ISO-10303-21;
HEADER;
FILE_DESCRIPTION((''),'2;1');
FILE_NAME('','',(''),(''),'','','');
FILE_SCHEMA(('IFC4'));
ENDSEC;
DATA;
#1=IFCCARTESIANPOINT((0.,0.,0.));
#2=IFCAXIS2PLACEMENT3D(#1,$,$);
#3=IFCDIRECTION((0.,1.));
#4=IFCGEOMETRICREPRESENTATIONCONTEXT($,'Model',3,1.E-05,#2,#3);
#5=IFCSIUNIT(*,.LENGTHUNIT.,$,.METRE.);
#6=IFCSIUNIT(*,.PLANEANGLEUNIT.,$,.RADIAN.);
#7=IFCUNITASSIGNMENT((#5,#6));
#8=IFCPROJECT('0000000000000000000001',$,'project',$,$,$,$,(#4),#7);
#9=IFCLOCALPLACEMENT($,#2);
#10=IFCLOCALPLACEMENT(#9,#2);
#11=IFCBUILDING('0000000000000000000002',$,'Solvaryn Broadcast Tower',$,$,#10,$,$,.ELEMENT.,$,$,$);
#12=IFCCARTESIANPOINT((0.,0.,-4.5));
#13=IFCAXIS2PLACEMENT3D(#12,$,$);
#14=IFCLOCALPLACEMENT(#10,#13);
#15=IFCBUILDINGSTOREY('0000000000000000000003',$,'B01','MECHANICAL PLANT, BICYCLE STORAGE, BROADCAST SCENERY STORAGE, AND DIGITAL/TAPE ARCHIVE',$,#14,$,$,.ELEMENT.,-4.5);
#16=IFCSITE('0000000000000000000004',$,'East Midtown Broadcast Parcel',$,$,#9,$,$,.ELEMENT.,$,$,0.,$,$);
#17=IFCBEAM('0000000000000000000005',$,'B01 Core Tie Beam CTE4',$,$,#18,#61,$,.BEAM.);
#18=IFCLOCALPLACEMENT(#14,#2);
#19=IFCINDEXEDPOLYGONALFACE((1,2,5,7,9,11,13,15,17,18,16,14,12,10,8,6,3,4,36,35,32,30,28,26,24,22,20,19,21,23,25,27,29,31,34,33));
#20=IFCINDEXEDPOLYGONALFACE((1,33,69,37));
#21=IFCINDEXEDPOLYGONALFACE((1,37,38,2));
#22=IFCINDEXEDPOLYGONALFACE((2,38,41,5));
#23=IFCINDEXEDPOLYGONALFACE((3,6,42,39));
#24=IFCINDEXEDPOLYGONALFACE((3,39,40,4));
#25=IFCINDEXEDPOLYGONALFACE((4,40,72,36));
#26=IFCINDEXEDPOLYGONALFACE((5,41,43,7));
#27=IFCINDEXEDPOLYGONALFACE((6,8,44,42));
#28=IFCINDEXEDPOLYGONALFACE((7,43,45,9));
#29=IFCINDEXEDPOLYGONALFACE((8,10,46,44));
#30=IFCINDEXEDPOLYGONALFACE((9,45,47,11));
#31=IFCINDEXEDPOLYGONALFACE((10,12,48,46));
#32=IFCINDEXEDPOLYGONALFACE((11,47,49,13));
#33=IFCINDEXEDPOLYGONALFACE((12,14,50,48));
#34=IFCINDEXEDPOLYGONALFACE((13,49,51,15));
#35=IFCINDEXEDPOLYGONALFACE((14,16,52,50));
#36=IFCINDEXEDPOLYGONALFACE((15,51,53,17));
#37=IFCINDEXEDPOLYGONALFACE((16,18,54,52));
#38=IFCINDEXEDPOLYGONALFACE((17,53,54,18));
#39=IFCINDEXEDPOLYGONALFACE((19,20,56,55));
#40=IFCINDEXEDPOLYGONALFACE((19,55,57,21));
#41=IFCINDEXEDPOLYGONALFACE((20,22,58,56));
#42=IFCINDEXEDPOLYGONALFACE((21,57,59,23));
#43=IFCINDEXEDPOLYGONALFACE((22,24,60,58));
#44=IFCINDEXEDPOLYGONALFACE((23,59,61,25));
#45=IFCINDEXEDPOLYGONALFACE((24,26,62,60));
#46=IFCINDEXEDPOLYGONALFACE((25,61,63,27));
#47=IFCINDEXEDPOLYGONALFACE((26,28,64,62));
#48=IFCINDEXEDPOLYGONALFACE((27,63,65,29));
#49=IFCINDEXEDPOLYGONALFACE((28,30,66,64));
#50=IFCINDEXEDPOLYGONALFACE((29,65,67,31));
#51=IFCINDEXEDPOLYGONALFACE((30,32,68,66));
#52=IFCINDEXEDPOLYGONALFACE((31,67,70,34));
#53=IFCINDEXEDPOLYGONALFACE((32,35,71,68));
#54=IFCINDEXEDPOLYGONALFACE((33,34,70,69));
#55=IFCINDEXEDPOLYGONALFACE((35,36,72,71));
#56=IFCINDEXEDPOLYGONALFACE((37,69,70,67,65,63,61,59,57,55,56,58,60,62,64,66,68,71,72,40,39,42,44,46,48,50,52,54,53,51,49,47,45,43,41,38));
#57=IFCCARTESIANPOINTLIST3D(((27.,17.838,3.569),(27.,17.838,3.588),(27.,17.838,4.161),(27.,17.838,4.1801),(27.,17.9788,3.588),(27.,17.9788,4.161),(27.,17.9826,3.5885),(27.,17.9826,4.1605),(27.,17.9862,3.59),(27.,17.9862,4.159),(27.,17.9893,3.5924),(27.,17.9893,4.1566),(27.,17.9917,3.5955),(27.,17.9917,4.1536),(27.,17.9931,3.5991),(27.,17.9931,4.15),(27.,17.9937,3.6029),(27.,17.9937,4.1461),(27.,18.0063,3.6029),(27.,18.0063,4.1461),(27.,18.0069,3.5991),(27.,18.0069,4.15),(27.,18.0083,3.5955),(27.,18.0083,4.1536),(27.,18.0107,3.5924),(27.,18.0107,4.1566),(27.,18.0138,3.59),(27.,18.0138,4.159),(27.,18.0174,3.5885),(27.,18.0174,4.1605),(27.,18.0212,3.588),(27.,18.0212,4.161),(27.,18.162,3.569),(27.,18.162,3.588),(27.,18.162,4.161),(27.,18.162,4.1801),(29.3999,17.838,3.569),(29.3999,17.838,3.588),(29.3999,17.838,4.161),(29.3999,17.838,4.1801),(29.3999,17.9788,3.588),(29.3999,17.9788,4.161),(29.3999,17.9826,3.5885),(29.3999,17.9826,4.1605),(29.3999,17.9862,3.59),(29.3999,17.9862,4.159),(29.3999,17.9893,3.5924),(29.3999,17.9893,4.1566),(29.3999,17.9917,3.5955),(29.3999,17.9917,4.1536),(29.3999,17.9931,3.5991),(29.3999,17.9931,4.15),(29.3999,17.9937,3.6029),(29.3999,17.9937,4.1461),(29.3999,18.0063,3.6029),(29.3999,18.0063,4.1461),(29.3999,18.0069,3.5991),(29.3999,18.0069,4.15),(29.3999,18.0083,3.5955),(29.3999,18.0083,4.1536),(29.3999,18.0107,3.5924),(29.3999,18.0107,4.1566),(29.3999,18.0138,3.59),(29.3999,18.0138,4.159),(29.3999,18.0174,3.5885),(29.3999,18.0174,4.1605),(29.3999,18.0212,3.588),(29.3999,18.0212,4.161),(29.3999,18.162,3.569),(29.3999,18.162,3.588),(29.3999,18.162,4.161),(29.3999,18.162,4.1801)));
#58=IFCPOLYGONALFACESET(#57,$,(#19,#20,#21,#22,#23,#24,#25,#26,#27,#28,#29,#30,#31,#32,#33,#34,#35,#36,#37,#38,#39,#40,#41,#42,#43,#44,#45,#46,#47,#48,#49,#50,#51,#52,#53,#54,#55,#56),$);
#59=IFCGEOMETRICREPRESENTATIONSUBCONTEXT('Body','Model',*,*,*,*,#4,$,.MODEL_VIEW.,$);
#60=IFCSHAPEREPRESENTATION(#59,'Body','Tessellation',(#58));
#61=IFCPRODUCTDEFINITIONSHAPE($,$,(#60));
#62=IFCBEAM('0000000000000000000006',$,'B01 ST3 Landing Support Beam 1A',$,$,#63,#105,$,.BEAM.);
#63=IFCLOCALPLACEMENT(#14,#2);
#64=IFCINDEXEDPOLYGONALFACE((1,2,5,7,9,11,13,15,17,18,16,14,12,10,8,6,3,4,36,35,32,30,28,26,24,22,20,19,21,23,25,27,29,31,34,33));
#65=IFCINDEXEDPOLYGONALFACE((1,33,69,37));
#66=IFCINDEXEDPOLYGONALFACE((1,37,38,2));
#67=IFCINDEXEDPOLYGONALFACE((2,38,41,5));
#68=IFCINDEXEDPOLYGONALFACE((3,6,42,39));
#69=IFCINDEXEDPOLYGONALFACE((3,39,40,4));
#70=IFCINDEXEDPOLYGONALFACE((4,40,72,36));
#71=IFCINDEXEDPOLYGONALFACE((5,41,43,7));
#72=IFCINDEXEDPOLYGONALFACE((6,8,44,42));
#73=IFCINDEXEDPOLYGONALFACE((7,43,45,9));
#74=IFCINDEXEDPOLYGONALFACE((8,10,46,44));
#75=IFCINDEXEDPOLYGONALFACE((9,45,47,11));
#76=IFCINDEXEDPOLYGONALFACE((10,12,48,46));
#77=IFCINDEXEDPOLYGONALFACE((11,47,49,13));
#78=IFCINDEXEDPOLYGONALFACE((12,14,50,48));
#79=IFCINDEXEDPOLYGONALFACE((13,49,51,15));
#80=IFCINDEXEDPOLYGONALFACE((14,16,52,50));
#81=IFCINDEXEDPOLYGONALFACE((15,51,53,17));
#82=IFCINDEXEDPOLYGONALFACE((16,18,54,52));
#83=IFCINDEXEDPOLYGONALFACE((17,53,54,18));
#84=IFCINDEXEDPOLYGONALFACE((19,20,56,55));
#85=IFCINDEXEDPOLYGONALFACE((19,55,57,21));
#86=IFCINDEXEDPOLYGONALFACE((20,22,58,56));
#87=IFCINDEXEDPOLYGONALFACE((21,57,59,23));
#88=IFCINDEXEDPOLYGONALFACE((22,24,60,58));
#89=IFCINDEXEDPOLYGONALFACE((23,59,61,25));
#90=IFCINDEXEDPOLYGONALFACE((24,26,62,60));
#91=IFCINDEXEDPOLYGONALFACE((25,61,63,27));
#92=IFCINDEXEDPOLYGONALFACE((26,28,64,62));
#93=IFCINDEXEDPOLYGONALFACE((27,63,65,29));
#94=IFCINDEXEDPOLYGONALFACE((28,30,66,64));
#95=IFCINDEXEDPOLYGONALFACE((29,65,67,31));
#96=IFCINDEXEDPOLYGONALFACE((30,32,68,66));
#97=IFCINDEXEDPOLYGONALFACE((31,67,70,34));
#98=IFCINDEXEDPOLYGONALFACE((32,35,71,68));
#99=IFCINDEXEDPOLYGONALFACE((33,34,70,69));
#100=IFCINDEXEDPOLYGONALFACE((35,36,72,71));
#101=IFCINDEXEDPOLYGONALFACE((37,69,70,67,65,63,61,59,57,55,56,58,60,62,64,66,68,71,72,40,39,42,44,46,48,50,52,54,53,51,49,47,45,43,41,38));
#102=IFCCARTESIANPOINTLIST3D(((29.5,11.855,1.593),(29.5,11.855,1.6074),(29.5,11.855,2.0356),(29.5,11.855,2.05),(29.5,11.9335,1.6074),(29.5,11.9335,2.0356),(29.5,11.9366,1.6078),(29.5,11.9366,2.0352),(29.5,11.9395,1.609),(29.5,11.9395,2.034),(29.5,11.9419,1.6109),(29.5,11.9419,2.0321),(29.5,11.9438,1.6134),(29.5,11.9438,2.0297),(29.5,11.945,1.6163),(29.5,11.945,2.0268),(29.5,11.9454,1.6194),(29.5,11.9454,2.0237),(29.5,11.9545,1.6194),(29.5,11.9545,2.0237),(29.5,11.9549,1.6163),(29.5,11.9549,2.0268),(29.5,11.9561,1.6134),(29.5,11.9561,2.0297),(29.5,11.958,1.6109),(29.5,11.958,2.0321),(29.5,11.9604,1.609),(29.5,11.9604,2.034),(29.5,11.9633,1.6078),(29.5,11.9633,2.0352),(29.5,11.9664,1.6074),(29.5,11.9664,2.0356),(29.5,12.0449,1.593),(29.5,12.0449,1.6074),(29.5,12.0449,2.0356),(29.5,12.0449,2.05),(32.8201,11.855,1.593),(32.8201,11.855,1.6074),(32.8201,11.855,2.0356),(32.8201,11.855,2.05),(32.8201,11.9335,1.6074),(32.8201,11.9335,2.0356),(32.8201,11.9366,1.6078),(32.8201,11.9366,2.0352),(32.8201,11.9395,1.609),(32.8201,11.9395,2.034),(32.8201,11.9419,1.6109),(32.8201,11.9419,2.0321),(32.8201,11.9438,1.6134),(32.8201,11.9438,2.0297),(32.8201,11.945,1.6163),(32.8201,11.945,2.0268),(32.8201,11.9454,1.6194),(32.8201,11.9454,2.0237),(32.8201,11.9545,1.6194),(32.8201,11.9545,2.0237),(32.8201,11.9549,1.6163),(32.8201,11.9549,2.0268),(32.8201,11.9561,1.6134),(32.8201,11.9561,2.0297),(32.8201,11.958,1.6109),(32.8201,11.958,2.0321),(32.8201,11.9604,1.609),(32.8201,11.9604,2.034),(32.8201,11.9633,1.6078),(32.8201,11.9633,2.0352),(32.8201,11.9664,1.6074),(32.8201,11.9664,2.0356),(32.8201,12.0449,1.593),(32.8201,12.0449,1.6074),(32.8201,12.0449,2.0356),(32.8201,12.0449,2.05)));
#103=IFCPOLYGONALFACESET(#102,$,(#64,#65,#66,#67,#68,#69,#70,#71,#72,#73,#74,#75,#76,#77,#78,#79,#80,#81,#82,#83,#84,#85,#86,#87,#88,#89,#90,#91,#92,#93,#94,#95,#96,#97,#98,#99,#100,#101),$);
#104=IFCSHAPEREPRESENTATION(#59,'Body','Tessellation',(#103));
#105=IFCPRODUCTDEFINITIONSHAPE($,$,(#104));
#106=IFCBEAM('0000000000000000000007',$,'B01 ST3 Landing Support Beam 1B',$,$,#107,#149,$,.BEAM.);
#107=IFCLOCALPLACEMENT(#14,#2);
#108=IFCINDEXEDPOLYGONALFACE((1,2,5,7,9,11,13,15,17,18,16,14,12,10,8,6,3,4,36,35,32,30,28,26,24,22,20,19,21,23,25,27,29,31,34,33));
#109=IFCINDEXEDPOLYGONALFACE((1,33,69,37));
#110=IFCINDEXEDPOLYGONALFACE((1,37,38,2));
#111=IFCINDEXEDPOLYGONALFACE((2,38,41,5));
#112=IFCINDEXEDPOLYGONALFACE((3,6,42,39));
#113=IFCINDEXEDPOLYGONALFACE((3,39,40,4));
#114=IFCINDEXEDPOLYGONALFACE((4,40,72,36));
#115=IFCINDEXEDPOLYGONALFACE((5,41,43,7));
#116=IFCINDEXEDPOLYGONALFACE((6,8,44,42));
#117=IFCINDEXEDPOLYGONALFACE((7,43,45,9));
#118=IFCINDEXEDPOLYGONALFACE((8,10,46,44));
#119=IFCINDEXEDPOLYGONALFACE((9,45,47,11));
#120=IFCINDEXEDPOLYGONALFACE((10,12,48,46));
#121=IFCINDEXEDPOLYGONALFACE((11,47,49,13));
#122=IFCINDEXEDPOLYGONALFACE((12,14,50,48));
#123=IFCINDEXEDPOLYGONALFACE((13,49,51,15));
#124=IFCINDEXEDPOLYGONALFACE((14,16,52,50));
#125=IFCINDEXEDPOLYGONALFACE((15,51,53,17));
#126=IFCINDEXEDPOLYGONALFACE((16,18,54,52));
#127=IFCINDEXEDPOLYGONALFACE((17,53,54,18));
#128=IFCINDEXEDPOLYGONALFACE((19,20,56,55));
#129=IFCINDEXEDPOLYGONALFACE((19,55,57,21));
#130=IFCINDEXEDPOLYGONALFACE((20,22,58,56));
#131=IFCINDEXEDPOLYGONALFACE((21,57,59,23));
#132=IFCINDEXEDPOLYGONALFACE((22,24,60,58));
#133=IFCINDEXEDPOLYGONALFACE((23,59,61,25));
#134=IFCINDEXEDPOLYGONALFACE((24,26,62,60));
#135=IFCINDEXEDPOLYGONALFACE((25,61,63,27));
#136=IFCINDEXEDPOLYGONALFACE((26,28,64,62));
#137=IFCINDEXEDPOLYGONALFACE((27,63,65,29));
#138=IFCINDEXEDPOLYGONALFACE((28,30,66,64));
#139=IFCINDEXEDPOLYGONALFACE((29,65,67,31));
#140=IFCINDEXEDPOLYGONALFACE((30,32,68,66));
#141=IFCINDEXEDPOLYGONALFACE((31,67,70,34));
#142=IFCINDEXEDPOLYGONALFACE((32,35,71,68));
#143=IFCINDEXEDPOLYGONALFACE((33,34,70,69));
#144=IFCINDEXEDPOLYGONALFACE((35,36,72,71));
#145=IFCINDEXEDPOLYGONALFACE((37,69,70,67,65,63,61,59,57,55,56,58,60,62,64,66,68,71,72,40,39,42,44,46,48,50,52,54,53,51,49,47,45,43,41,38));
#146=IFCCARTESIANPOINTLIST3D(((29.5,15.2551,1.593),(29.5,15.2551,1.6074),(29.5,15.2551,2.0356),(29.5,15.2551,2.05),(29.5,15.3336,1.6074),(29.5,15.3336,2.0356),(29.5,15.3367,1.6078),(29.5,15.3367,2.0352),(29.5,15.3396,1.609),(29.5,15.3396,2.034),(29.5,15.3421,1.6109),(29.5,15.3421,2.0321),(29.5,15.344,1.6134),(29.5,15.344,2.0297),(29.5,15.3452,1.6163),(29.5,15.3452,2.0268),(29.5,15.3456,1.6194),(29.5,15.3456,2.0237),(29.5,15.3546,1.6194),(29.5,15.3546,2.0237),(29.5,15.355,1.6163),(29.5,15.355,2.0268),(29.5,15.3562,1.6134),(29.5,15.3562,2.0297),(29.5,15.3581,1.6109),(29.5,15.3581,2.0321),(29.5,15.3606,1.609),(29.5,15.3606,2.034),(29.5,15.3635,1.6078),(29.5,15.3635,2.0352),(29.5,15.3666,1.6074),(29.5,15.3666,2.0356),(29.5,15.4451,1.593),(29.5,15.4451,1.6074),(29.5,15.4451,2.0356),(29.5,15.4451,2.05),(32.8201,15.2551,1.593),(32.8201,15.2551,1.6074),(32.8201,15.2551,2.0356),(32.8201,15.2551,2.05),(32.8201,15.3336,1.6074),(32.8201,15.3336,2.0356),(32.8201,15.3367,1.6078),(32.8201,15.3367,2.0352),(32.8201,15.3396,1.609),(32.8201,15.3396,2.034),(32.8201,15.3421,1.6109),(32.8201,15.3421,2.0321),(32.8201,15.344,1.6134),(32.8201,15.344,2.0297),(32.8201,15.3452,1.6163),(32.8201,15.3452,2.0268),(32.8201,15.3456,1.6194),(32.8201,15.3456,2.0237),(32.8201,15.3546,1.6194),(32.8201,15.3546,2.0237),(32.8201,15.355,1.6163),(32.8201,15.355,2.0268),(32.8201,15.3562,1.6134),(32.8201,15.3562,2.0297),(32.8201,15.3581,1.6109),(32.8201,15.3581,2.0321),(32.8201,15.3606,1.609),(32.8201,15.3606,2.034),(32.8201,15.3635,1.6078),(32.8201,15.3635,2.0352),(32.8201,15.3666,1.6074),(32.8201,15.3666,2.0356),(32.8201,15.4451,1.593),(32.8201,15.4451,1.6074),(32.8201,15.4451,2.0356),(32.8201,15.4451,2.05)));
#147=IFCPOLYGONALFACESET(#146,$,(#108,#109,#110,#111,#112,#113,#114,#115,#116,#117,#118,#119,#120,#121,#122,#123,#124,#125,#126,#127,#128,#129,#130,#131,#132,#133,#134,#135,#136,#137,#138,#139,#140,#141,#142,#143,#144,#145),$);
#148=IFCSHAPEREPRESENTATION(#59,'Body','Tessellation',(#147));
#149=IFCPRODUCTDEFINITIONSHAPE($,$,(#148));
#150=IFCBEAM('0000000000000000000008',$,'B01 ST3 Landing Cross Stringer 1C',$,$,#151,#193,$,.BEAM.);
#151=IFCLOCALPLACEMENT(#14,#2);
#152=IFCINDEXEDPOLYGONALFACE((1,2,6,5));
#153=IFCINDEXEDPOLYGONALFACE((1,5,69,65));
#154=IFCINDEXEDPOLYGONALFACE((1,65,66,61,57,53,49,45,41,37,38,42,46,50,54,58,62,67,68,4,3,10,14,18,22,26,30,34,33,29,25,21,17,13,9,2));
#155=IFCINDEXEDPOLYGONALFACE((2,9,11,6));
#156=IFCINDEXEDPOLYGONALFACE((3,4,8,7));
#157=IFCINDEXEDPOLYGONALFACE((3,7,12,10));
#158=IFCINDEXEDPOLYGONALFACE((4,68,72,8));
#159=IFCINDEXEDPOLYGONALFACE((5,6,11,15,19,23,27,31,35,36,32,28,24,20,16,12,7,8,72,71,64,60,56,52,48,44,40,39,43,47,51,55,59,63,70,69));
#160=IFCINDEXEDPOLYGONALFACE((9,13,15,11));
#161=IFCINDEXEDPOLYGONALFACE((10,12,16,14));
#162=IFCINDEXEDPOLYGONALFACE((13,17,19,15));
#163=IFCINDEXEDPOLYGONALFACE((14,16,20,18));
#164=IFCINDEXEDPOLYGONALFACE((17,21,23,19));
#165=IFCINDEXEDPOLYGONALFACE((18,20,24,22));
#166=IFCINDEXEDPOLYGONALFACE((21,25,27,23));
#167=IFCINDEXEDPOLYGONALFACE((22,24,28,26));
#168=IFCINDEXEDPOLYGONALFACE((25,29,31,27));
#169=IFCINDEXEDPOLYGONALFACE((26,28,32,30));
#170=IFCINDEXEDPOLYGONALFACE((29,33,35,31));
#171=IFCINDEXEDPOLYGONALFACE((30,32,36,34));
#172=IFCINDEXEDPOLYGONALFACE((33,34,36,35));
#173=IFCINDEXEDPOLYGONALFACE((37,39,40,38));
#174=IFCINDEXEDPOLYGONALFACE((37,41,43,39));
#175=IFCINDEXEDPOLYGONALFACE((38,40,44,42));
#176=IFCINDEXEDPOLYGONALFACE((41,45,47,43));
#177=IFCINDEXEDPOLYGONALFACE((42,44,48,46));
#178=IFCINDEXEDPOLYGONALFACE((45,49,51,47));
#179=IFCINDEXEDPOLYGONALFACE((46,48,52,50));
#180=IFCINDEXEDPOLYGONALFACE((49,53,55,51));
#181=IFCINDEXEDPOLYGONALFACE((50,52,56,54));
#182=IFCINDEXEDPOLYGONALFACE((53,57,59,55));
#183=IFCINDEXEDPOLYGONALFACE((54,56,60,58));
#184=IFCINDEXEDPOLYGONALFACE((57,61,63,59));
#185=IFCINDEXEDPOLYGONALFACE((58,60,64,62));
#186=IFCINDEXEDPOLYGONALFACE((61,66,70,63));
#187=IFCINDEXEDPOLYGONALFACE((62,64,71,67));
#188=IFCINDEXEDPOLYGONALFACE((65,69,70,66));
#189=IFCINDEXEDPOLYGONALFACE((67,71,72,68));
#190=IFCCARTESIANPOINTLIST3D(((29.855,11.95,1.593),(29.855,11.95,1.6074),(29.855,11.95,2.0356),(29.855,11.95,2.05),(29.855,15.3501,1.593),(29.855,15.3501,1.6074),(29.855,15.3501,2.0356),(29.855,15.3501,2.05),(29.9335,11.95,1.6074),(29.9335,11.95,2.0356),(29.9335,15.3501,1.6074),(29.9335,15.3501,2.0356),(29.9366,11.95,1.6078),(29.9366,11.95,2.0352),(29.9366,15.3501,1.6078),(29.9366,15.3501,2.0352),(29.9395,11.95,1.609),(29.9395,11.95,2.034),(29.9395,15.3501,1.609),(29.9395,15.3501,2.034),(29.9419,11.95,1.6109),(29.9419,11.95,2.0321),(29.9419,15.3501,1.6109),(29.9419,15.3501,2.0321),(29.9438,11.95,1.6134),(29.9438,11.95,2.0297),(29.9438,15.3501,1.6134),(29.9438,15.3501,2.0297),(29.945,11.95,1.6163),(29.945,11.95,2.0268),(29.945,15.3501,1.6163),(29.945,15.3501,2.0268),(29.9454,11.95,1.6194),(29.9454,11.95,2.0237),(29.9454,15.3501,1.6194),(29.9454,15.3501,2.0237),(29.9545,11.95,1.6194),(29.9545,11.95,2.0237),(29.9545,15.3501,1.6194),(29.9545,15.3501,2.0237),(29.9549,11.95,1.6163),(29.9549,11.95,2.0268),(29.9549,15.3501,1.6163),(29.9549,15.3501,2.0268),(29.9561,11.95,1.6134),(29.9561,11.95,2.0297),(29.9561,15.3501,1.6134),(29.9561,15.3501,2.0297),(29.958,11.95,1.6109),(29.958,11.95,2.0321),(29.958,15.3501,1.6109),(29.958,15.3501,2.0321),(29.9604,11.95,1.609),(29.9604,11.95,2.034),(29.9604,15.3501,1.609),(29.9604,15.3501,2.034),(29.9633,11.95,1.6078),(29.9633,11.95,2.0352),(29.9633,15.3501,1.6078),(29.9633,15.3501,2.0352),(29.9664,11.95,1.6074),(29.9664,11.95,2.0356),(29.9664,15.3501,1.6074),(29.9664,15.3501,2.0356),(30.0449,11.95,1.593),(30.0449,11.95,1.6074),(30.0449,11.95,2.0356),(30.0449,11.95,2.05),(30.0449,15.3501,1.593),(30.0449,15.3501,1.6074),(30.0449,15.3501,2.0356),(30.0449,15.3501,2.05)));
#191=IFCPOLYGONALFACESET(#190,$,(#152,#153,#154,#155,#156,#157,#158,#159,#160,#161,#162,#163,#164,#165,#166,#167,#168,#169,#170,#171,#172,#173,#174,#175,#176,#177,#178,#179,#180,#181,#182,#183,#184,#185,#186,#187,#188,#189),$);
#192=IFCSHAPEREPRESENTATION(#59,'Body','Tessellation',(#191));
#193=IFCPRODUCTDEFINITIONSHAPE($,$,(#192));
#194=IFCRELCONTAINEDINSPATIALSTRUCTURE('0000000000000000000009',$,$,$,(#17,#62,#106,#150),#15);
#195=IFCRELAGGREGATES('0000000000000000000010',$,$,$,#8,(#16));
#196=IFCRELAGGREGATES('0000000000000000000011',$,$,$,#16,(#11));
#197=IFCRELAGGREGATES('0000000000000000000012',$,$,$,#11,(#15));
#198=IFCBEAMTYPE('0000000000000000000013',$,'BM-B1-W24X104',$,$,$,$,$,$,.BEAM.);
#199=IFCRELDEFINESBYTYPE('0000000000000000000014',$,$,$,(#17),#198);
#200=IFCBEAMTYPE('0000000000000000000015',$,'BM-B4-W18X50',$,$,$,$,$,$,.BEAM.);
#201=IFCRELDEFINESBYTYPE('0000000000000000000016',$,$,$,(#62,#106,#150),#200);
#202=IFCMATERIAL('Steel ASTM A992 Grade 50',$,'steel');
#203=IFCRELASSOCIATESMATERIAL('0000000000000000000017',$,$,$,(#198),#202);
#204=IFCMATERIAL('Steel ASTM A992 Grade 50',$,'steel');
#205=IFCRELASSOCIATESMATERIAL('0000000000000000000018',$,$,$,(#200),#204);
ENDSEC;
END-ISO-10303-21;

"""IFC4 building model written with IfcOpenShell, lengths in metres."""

from ifc_helpers import new_model, si_unit, direction, frame, origin, origin_2d, place, context, subcontext, project, spatial, i_section, extrude, material, material_profile, profile_set, type_object, element, save


model = new_model("IFC4")

# Units and contexts
model_context = context("Model", 3, precision=1e-05, world=origin(), true_north=direction((0.0, 1.0)))
body_context = subcontext(model_context, "Body", "Model", "MODEL_VIEW")
ifc_project = project(units=[si_unit("LENGTHUNIT", "METRE"), si_unit("PLANEANGLEUNIT", "RADIAN")], contexts=[model_context])

# Site, building, storey
site_placement = place(None, origin())
site = spatial("IfcSite", under=ifc_project, at=site_placement, Name="East Midtown Broadcast Parcel", CompositionType="ELEMENT", RefElevation=0.0)
building_placement = place(site_placement, origin())
building = spatial("IfcBuilding", under=site, at=building_placement, Name="Solvaryn Broadcast Tower", CompositionType="ELEMENT")
storey_placement = place(building_placement, frame((0.0, 0.0, -4.5)))
storey = spatial("IfcBuildingStorey", under=building, at=storey_placement, Name="B01", Description="MECHANICAL PLANT, BICYCLE STORAGE, BROADCAST SCENERY STORAGE, AND DIGITAL/TAPE ARCHIVE", CompositionType="ELEMENT", Elevation=-4.5)

# Beams
ifc_material_1 = material(Name="Steel ASTM A992 Grade 50", Category="steel")
ifc_material_profile_1 = material_profile(ifc_material_1, i_section(OverallWidth=0.324, OverallDepth=0.6111, WebThickness=0.0127, FlangeThickness=0.019, FilletRadius=0.0149, at=origin_2d()))
ifc_profile_set_1 = profile_set([ifc_material_profile_1], Name="Steel ASTM A992 Grade 50")
beam_type_1 = type_object("IfcBeamType", Name="BM-B1-W24X104", PredefinedType="BEAM", material=ifc_profile_set_1)
beam_1_placement = place(storey_placement, frame((27.0, 18.0, 3.8745), z_axis=(1.0, 0.0, 0.0), x_axis=(0.0, 1.0, 0.0)))
element("IfcBeam", 1, at=beam_1_placement, inside=storey, type_object=beam_type_1, Name="B01 Core Tie Beam CTE4", PredefinedType="BEAM", context=body_context, shape_type="SweptSolid", body=[
    extrude(i_section(OverallWidth=0.324, OverallDepth=0.6111, WebThickness=0.0127, FlangeThickness=0.019, FilletRadius=0.0149, at=origin_2d()), origin(), (0.0, 0.0, 1.0), 2.3999),
])
ifc_material_2 = material(Name="Steel ASTM A992 Grade 50", Category="steel")
ifc_material_profile_2 = material_profile(ifc_material_2, i_section(OverallWidth=0.1899, OverallDepth=0.457, WebThickness=0.009, FlangeThickness=0.0144, FilletRadius=0.012, at=origin_2d()))
ifc_profile_set_2 = profile_set([ifc_material_profile_2], Name="Steel ASTM A992 Grade 50")
beam_type_2 = type_object("IfcBeamType", Name="BM-B4-W18X50", PredefinedType="BEAM", material=ifc_profile_set_2)
for number, where, z_axis, x_axis, name in (
    (2, (29.5, 11.95, 1.8215), (1.0, 0.0, 0.0), (0.0, 1.0, 0.0), "B01 ST3 Landing Support Beam 1A"),
    (3, (29.5, 15.3501, 1.8215), (1.0, 0.0, 0.0), (0.0, 1.0, 0.0), "B01 ST3 Landing Support Beam 1B"),
):
    element("IfcBeam", number, at=place(storey_placement, frame(where, z_axis=z_axis, x_axis=x_axis)), inside=storey, type_object=beam_type_2, Name=name, PredefinedType="BEAM", context=body_context, shape_type="SweptSolid", body=[
        extrude(i_section(OverallWidth=0.1899, OverallDepth=0.457, WebThickness=0.009, FlangeThickness=0.0144, FilletRadius=0.012, at=origin_2d()), origin(), (0.0, 0.0, 1.0), 3.3201),
    ])
beam_2_placement = place(storey_placement, frame((29.95, 11.95, 1.8215), z_axis=(0.0, 1.0, 0.0), x_axis=(-1.0, 0.0, 0.0)))
element("IfcBeam", 4, at=beam_2_placement, inside=storey, type_object=beam_type_2, Name="B01 ST3 Landing Cross Stringer 1C", PredefinedType="BEAM", context=body_context, shape_type="SweptSolid", body=[
    extrude(i_section(OverallWidth=0.1899, OverallDepth=0.457, WebThickness=0.009, FlangeThickness=0.0144, FilletRadius=0.012, at=origin_2d()), origin(), (0.0, 0.0, 1.0), 3.4001),
])

save(model, "model.ifc")
